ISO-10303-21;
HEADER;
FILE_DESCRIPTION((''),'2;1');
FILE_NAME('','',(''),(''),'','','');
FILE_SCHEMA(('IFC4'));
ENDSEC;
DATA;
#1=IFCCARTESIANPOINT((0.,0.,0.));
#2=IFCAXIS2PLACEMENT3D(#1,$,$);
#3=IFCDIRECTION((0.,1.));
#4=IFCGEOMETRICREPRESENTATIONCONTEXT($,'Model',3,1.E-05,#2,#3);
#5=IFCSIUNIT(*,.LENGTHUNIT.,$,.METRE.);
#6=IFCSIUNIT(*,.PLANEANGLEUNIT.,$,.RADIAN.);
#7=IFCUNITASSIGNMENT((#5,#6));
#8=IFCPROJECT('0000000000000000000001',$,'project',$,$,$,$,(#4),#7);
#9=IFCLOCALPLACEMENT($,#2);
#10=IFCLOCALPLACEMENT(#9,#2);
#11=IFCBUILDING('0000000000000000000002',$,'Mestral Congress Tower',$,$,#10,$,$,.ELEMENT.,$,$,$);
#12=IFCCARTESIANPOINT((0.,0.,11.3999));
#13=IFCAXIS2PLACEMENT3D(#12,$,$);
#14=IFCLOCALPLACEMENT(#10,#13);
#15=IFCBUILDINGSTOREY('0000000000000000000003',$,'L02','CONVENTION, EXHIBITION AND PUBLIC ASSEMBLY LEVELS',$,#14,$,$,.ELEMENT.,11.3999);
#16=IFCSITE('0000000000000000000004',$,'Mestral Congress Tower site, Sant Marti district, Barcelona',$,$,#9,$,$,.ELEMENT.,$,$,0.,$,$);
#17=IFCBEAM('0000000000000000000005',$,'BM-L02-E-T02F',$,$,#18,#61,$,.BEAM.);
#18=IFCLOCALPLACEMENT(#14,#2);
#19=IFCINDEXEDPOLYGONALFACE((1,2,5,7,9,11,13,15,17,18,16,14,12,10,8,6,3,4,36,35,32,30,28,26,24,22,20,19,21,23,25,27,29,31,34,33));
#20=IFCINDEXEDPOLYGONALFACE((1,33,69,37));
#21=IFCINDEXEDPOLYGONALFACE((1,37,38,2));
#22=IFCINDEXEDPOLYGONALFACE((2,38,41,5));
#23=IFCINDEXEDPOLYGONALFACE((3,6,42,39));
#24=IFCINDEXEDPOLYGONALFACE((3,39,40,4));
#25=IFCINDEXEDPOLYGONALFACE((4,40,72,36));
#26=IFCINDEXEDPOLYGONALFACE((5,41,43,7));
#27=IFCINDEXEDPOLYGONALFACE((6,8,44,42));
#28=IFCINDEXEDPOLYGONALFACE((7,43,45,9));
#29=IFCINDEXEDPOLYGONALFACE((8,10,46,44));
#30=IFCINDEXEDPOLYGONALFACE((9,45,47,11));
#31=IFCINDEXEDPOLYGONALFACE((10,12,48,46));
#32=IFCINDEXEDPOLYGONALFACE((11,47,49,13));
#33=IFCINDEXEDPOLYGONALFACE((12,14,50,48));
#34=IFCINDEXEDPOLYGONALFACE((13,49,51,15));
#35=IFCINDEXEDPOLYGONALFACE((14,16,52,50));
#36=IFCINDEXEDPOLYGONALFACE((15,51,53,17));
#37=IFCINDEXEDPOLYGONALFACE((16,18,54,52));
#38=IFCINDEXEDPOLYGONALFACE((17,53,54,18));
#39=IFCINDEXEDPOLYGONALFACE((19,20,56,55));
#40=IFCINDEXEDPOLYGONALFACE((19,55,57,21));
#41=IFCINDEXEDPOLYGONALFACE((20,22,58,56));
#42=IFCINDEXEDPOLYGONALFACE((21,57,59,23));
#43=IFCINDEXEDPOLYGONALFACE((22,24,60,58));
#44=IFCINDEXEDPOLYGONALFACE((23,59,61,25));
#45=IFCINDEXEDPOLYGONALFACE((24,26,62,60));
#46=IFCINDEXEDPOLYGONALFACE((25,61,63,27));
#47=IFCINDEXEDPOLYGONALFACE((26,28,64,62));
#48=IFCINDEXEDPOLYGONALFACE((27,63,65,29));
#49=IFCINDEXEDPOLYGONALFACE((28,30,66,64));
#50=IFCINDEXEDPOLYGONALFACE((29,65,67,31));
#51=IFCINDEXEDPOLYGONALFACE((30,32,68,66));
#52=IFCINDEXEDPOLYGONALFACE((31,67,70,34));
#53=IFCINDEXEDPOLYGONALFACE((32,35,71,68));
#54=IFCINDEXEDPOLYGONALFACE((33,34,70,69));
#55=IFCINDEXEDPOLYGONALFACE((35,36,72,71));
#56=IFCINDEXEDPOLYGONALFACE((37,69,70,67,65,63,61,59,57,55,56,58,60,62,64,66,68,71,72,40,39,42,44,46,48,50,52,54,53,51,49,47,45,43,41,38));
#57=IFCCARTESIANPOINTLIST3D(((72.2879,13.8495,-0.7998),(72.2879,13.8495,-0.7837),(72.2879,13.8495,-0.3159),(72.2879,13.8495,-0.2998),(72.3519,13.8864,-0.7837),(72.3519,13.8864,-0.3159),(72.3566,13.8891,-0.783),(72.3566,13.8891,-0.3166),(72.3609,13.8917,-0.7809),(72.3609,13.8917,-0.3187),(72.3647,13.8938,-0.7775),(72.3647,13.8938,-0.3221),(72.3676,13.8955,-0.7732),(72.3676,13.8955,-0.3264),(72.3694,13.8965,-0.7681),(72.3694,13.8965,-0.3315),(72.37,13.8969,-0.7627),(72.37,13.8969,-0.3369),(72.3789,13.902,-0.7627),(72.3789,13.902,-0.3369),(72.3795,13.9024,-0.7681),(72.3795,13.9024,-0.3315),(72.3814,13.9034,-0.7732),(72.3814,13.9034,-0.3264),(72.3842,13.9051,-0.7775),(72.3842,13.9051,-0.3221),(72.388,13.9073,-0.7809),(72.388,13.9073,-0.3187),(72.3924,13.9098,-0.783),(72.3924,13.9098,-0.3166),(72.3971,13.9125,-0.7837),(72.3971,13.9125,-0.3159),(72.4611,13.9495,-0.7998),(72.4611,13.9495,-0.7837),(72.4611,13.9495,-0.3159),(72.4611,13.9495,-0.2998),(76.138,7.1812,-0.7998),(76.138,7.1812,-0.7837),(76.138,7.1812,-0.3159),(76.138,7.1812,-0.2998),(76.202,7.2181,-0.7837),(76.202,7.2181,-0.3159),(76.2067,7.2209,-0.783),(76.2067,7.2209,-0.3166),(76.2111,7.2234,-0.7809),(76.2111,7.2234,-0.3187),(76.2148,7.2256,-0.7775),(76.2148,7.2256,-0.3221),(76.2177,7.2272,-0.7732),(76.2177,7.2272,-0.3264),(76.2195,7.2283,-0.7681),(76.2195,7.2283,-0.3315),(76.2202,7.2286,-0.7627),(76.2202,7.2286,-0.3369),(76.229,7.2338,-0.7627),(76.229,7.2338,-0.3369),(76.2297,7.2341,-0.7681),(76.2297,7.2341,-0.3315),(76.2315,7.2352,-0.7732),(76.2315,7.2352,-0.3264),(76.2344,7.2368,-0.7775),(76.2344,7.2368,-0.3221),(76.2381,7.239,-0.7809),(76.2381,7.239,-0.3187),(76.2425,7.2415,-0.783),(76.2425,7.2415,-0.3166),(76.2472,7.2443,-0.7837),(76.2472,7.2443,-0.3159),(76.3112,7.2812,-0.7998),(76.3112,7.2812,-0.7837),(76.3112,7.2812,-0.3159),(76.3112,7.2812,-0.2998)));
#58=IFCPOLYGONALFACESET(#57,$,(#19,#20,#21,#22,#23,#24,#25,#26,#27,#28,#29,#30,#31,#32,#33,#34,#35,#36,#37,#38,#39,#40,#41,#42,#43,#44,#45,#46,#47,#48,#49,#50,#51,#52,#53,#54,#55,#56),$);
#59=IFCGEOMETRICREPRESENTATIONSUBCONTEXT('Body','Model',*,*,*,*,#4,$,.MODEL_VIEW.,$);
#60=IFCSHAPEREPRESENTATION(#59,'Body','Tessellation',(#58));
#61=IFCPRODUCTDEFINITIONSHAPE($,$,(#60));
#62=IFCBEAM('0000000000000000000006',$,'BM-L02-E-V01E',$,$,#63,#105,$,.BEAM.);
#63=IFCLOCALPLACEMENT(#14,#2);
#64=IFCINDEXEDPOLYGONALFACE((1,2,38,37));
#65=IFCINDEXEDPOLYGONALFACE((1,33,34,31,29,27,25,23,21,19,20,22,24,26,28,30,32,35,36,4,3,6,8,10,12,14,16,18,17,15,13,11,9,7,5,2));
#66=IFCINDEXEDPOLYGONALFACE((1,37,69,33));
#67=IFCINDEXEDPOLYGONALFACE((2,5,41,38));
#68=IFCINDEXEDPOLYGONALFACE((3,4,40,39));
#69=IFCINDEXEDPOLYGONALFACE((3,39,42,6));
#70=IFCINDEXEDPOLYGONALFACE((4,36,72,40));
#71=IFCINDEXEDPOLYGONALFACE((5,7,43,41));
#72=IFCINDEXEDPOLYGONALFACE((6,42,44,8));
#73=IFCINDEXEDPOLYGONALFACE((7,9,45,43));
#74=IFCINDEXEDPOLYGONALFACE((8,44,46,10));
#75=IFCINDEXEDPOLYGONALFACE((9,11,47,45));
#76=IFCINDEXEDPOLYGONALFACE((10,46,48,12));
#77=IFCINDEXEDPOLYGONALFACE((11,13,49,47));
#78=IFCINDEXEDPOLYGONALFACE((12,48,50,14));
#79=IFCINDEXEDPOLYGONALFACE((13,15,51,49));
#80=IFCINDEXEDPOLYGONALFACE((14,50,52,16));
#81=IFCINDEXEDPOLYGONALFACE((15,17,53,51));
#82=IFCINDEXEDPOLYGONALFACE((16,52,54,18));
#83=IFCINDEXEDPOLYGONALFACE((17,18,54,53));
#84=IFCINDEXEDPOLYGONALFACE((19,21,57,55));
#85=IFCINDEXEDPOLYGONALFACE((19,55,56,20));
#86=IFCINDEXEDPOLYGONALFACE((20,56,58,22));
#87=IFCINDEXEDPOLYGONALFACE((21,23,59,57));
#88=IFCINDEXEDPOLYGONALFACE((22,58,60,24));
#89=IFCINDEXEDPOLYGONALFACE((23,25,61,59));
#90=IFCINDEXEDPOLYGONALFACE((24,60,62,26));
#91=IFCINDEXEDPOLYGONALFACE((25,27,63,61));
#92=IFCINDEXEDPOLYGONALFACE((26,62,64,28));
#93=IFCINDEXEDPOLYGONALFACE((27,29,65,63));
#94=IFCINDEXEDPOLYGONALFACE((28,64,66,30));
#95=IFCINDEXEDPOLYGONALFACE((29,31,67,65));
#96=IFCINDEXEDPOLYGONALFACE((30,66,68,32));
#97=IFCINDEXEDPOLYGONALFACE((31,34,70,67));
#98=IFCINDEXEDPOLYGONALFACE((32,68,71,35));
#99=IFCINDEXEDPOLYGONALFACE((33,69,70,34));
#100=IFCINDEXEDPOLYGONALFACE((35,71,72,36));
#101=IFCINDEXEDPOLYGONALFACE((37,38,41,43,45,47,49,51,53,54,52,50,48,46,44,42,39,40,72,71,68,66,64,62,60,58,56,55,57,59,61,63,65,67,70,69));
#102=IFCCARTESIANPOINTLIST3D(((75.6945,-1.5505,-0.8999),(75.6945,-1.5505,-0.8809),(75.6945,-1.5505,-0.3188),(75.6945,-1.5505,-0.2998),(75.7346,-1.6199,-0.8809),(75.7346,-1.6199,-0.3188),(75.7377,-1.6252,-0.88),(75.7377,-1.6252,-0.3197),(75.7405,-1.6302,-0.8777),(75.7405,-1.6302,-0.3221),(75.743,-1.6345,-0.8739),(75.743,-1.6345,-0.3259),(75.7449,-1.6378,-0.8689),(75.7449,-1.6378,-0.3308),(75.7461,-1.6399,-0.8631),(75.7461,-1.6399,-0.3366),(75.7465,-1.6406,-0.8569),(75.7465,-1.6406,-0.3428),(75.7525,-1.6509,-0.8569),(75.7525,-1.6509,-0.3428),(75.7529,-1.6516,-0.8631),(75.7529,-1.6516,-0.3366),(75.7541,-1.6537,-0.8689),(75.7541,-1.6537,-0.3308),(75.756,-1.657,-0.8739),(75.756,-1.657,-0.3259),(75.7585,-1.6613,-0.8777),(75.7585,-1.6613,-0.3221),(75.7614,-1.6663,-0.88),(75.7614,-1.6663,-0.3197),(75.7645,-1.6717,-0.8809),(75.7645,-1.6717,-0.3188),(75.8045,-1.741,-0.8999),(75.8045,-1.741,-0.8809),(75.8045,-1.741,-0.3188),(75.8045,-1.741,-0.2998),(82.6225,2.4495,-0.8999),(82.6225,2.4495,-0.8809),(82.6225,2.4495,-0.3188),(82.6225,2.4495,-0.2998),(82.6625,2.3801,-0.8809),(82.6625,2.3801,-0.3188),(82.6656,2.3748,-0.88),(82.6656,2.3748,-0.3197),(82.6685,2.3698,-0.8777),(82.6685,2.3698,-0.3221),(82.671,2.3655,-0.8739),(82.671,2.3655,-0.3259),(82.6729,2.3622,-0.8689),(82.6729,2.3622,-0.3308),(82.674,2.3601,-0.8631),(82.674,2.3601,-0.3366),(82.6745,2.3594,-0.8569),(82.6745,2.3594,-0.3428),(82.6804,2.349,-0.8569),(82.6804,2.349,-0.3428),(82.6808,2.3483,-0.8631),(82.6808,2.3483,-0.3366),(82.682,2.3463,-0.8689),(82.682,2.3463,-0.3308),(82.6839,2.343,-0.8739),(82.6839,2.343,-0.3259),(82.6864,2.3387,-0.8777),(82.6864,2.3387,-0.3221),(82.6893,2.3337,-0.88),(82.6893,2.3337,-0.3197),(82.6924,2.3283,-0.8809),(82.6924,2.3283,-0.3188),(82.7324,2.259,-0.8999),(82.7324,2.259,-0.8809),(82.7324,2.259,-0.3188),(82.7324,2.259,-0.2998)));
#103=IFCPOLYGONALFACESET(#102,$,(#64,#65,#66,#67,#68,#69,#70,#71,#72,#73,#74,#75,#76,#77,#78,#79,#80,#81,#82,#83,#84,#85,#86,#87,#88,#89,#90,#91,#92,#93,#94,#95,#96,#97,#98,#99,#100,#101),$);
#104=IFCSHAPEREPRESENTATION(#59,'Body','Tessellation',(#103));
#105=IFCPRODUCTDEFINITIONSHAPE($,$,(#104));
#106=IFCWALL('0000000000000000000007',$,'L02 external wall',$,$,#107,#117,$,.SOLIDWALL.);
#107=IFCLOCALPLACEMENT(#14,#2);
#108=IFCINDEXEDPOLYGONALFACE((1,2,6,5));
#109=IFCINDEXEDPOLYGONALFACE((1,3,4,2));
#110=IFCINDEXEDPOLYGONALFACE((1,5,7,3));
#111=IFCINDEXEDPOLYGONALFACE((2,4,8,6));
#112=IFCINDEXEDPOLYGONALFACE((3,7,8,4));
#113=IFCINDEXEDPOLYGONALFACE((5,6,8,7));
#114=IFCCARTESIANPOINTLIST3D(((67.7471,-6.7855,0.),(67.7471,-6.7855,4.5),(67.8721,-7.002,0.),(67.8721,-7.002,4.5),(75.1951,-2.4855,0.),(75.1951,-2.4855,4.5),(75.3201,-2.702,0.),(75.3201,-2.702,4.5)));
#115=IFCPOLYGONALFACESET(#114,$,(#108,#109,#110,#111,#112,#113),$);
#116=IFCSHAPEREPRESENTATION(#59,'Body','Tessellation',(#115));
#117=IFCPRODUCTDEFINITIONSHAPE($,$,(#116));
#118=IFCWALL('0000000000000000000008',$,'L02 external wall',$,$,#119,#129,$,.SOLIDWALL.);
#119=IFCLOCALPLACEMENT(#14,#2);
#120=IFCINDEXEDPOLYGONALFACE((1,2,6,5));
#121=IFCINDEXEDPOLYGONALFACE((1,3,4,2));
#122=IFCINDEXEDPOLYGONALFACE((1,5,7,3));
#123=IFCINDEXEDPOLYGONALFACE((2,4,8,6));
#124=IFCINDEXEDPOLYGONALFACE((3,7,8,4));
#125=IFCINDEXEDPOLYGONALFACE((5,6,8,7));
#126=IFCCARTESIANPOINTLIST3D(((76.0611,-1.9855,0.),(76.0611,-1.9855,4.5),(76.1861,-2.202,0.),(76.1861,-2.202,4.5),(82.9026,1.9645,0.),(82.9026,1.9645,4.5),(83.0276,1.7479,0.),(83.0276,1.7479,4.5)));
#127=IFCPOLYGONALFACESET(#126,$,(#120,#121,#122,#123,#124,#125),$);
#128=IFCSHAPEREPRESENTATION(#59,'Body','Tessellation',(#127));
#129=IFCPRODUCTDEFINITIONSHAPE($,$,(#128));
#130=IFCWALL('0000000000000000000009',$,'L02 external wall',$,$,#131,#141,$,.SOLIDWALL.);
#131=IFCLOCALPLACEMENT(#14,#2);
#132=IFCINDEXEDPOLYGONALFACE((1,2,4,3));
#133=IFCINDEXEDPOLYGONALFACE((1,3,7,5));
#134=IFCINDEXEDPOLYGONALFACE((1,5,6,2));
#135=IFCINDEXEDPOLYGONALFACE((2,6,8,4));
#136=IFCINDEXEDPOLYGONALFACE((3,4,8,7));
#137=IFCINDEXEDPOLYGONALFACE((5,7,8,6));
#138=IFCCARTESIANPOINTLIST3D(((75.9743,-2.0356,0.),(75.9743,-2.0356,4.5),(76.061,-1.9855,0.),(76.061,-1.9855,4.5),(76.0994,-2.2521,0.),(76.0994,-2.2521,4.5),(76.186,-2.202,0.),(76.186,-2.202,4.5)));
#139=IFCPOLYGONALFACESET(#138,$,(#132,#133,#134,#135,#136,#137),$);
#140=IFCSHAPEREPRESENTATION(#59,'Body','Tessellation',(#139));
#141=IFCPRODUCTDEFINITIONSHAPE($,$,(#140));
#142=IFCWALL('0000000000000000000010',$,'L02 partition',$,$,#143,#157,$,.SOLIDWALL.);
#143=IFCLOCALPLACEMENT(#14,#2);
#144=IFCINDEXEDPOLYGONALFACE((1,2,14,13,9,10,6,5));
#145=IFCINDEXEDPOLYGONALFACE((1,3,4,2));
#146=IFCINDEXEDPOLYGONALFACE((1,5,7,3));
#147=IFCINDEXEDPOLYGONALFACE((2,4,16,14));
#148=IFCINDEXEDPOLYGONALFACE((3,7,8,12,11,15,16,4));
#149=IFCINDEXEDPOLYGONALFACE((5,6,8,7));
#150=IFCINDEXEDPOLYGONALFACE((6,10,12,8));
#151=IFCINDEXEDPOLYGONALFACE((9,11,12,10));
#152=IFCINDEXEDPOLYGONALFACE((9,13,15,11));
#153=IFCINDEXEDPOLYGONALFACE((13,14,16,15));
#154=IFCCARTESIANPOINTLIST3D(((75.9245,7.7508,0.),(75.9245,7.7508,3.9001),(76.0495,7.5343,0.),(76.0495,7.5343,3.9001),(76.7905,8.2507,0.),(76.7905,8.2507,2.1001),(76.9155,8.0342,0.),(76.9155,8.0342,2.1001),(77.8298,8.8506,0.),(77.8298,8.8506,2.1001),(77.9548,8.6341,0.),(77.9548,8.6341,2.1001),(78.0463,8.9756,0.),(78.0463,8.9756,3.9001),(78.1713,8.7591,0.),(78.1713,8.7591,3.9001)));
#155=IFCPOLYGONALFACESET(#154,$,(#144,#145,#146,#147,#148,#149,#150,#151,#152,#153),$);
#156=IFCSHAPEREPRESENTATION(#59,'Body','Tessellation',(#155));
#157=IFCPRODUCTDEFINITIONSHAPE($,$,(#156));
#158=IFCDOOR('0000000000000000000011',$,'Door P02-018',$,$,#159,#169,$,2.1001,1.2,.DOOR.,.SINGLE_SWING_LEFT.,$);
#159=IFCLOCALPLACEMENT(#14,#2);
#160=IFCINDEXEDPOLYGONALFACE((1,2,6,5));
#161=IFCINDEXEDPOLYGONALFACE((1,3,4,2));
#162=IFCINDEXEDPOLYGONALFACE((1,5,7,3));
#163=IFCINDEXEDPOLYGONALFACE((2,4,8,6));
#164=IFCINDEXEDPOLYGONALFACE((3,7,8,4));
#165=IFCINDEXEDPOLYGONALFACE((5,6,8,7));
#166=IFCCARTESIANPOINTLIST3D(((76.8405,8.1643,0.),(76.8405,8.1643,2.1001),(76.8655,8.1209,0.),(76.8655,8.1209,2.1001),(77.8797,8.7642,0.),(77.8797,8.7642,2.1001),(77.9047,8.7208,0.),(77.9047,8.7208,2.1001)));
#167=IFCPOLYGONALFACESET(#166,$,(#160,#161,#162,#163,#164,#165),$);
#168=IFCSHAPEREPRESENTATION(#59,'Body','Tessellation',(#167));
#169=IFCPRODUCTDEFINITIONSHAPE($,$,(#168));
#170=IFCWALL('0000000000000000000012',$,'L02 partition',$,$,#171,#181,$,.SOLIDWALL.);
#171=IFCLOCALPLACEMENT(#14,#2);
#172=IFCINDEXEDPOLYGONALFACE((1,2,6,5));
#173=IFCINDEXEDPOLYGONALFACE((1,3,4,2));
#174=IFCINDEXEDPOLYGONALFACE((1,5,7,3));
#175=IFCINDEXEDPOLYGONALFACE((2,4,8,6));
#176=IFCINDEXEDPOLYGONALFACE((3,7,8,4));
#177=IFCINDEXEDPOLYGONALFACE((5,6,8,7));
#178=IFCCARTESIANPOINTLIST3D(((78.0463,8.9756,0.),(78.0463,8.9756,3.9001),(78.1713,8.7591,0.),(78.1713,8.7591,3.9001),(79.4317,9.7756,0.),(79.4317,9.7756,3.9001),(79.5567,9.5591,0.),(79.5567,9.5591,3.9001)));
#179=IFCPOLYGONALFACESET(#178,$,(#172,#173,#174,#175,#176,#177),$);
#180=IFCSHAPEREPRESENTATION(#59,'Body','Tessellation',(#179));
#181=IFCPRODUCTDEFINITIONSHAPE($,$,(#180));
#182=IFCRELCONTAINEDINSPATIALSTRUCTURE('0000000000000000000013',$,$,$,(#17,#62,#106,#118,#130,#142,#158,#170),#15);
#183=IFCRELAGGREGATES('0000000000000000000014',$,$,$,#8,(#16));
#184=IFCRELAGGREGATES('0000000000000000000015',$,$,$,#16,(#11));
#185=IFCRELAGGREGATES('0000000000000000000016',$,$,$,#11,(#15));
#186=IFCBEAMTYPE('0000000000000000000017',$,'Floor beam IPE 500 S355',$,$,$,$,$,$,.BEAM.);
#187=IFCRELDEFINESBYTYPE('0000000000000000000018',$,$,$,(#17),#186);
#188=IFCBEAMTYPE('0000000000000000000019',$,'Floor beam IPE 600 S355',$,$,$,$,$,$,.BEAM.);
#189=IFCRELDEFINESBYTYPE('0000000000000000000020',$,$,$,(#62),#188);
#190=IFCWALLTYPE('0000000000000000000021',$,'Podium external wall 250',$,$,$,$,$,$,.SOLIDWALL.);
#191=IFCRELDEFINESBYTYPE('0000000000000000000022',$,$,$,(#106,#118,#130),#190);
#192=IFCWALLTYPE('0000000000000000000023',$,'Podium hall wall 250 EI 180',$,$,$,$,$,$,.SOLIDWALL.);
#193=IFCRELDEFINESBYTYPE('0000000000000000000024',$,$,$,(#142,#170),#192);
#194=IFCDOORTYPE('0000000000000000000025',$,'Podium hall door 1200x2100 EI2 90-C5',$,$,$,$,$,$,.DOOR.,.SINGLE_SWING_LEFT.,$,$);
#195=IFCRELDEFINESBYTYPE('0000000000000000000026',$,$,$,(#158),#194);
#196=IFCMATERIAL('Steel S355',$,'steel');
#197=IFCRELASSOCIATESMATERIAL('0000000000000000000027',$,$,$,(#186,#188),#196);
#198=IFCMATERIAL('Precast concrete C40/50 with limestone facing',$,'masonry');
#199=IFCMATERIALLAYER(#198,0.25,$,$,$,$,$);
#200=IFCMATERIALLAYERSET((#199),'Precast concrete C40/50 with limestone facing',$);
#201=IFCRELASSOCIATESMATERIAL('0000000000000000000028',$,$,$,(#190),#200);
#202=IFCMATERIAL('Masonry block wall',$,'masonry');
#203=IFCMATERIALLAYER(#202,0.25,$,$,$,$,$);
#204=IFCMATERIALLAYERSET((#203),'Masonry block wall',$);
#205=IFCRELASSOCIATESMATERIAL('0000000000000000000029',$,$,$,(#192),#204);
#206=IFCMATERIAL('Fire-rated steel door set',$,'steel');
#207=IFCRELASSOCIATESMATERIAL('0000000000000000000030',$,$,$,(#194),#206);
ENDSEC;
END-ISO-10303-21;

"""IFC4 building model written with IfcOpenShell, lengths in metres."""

from ifc_helpers import new_model, si_unit, direction, frame, frame_2d, origin, origin_2d, place, context, subcontext, project, spatial, rectangle, i_section, extrude, material, layer, layer_set, material_profile, profile_set, type_object, element, fill, save


model = new_model("IFC4")

# Units and contexts
model_context = context("Model", 3, precision=1e-05, world=origin(), true_north=direction((0.0, 1.0)))
body_context = subcontext(model_context, "Body", "Model", "MODEL_VIEW")
ifc_project = project(units=[si_unit("LENGTHUNIT", "METRE"), si_unit("PLANEANGLEUNIT", "RADIAN")], contexts=[model_context])

# Site, building, storey
site_placement = place(None, origin())
site = spatial("IfcSite", under=ifc_project, at=site_placement, Name="Mestral Congress Tower site, Sant Marti district, Barcelona", CompositionType="ELEMENT", RefElevation=0.0)
building_placement = place(site_placement, origin())
building = spatial("IfcBuilding", under=site, at=building_placement, Name="Mestral Congress Tower", CompositionType="ELEMENT")
storey_placement = place(building_placement, frame((0.0, 0.0, 11.3999)))
storey = spatial("IfcBuildingStorey", under=building, at=storey_placement, Name="L02", Description="CONVENTION, EXHIBITION AND PUBLIC ASSEMBLY LEVELS", CompositionType="ELEMENT", Elevation=11.3999)

# Beams
ifc_material_1 = material(Name="Steel S355", Category="steel")
ifc_material_profile_1 = material_profile(ifc_material_1, i_section(OverallWidth=0.2, OverallDepth=0.5, WebThickness=0.0103, FlangeThickness=0.0161, FilletRadius=0.021, at=origin_2d()), Name="IPE 500")
ifc_profile_set_1 = profile_set([ifc_material_profile_1], Name="Steel S355")
beam_type_1 = type_object("IfcBeamType", Name="Floor beam IPE 500 S355", PredefinedType="BEAM", material=ifc_profile_set_1)
beam_1_placement = place(storey_placement, frame((76.2246, 7.2312, -0.5498), z_axis=(-0.50002, 0.866014, 0.0), x_axis=(-0.866014, -0.50002, 0.0)))
element("IfcBeam", 1, at=beam_1_placement, inside=storey, type_object=beam_type_1, Name="BM-L02-E-T02F", PredefinedType="BEAM", context=body_context, shape_type="SweptSolid", body=[
    extrude(i_section(OverallWidth=0.2, OverallDepth=0.5, WebThickness=0.0103, FlangeThickness=0.0161, FilletRadius=0.021, at=origin_2d()), origin(), (0.0, 0.0, 1.0), 7.7),
])
ifc_material_profile_2 = material_profile(ifc_material_1, i_section(OverallWidth=0.22, OverallDepth=0.6001, WebThickness=0.012, FlangeThickness=0.019, FilletRadius=0.0239, at=origin_2d()), Name="IPE 600")
ifc_profile_set_2 = profile_set([ifc_material_profile_2], Name="Steel S355")
beam_type_2 = type_object("IfcBeamType", Name="Floor beam IPE 600 S355", PredefinedType="BEAM", material=ifc_profile_set_2)
beam_2_placement = place(storey_placement, frame((75.7495, -1.6458, -0.5999), z_axis=(0.866018, 0.500012, 0.0), x_axis=(-0.500012, 0.866018, 0.0)))
element("IfcBeam", 2, at=beam_2_placement, inside=storey, type_object=beam_type_2, Name="BM-L02-E-V01E", PredefinedType="BEAM", context=body_context, shape_type="SweptSolid", body=[
    extrude(i_section(OverallWidth=0.22, OverallDepth=0.6001, WebThickness=0.012, FlangeThickness=0.019, FilletRadius=0.0239, at=origin_2d()), origin(), (0.0, 0.0, 1.0), 7.9998),
])

# Walls
ifc_material_2 = material(Name="Precast concrete C40/50 with limestone facing", Category="masonry")
ifc_layer_1 = layer(ifc_material_2, 0.25)
ifc_layer_set_1 = layer_set([ifc_layer_1], Name="Precast concrete C40/50 with limestone facing")
wall_type_1 = type_object("IfcWallType", Name="Podium external wall 250", PredefinedType="SOLIDWALL", material=ifc_layer_set_1)
wall_1_placement = place(storey_placement, frame((75.2576, -2.5938, 0.0), z_axis=(0.0, 0.0, 1.0), x_axis=(-0.866028, -0.499995, 0.0)))
element("IfcWall", 3, at=wall_1_placement, inside=storey, type_object=wall_type_1, Name="L02 external wall", PredefinedType="SOLIDWALL", context=body_context, shape_type="SweptSolid", body=[
    extrude(rectangle(XDim=8.6001, YDim=0.25, at=frame_2d((4.3, 0.0))), origin(), (0.0, 0.0, 1.0), 4.5),
])
wall_2_placement = place(storey_placement, frame((82.9651, 1.8562, 0.0), z_axis=(0.0, 0.0, 1.0), x_axis=(-0.866027, -0.499998, 0.0)))
element("IfcWall", 4, at=wall_2_placement, inside=storey, type_object=wall_type_1, Name="L02 external wall", PredefinedType="SOLIDWALL", context=body_context, shape_type="SweptSolid", body=[
    extrude(rectangle(XDim=7.8999, YDim=0.25, at=frame_2d((3.95, 0.0))), origin(), (0.0, 0.0, 1.0), 4.5),
])
wall_3_placement = place(storey_placement, frame((76.1235, -2.0938, 0.0), z_axis=(0.0, 0.0, 1.0), x_axis=(-0.865982, -0.500074, 0.0)))
element("IfcWall", 5, at=wall_3_placement, inside=storey, type_object=wall_type_1, Name="L02 external wall", PredefinedType="SOLIDWALL", context=body_context, shape_type="SweptSolid", body=[
    extrude(rectangle(XDim=0.1001, YDim=0.25, at=frame_2d((0.05, 0.0))), origin(), (0.0, 0.0, 1.0), 4.5),
])

# Wall, opening, door
ifc_material_3 = material(Name="Masonry block wall", Category="masonry")
ifc_layer_2 = layer(ifc_material_3, 0.25)
ifc_layer_set_2 = layer_set([ifc_layer_2], Name="Masonry block wall")
wall_type_2 = type_object("IfcWallType", Name="Podium hall wall 250 EI 180", PredefinedType="SOLIDWALL", material=ifc_layer_set_2)
wall_4_placement = place(storey_placement, frame((78.1089, 8.8674, 0.0), z_axis=(0.0, 0.0, 1.0), x_axis=(-0.866058, -0.499944, 0.0)))
wall_4 = element("IfcWall", 6, at=wall_4_placement, inside=storey, type_object=wall_type_2, Name="L02 partition", PredefinedType="SOLIDWALL", context=body_context, shape_type="SweptSolid", body=[
    extrude(rectangle(XDim=2.45, YDim=0.25, at=frame_2d((1.2251, 0.0))), origin(), (0.0, 0.0, 1.0), 3.9001),
])
opening_1_placement = place(wall_4_placement, frame((0.25, 0.0, 0.0)))
opening_1 = element("IfcOpeningElement", 7, at=opening_1_placement, cuts=wall_4, PredefinedType="OPENING", context=body_context, shape_type="SweptSolid", body=[
    extrude(rectangle(XDim=1.2, YDim=2.1001, at=frame_2d((0.6001, 1.05))), frame((0.0, 0.135, 0.0), z_axis=(0.0, -1.0, 0.0), x_axis=(1.0, 0.0, 0.0)), (0.0, 0.0, 1.0), 0.27),
])
ifc_material_4 = material(Name="Fire-rated steel door set", Category="steel")
door_type_1 = type_object("IfcDoorType", Name="Podium hall door 1200x2100 EI2 90-C5", OperationType="SINGLE_SWING_LEFT", PredefinedType="DOOR", material=ifc_material_4)
door_1_placement = place(opening_1_placement, origin())
door_1 = element("IfcDoor", 8, at=door_1_placement, inside=storey, type_object=door_type_1, Name="Door P02-018", OperationType="SINGLE_SWING_LEFT", OverallHeight=2.1001, OverallWidth=1.2, PredefinedType="DOOR", context=body_context, shape_type="SweptSolid", body=[
    extrude(rectangle(XDim=1.2, YDim=2.1001, at=frame_2d((0.6001, 1.05))), frame((0.0, 0.0249, 0.0), z_axis=(0.0, -1.0, 0.0), x_axis=(1.0, 0.0, 0.0)), (0.0, 0.0, 1.0), 0.05),
])
fill(opening_1, door_1)

# Wall
wall_5_placement = place(storey_placement, frame((78.1089, 8.8674, 0.0), z_axis=(0.0, 0.0, 1.0), x_axis=(0.86599, 0.500061, 0.0)))
element("IfcWall", 9, at=wall_5_placement, inside=storey, type_object=wall_type_2, Name="L02 partition", PredefinedType="SOLIDWALL", context=body_context, shape_type="SweptSolid", body=[
    extrude(rectangle(XDim=1.5999, YDim=0.25, at=frame_2d((0.7998, 0.0))), origin(), (0.0, 0.0, 1.0), 3.9001),
])

save(model, "model.ifc")
